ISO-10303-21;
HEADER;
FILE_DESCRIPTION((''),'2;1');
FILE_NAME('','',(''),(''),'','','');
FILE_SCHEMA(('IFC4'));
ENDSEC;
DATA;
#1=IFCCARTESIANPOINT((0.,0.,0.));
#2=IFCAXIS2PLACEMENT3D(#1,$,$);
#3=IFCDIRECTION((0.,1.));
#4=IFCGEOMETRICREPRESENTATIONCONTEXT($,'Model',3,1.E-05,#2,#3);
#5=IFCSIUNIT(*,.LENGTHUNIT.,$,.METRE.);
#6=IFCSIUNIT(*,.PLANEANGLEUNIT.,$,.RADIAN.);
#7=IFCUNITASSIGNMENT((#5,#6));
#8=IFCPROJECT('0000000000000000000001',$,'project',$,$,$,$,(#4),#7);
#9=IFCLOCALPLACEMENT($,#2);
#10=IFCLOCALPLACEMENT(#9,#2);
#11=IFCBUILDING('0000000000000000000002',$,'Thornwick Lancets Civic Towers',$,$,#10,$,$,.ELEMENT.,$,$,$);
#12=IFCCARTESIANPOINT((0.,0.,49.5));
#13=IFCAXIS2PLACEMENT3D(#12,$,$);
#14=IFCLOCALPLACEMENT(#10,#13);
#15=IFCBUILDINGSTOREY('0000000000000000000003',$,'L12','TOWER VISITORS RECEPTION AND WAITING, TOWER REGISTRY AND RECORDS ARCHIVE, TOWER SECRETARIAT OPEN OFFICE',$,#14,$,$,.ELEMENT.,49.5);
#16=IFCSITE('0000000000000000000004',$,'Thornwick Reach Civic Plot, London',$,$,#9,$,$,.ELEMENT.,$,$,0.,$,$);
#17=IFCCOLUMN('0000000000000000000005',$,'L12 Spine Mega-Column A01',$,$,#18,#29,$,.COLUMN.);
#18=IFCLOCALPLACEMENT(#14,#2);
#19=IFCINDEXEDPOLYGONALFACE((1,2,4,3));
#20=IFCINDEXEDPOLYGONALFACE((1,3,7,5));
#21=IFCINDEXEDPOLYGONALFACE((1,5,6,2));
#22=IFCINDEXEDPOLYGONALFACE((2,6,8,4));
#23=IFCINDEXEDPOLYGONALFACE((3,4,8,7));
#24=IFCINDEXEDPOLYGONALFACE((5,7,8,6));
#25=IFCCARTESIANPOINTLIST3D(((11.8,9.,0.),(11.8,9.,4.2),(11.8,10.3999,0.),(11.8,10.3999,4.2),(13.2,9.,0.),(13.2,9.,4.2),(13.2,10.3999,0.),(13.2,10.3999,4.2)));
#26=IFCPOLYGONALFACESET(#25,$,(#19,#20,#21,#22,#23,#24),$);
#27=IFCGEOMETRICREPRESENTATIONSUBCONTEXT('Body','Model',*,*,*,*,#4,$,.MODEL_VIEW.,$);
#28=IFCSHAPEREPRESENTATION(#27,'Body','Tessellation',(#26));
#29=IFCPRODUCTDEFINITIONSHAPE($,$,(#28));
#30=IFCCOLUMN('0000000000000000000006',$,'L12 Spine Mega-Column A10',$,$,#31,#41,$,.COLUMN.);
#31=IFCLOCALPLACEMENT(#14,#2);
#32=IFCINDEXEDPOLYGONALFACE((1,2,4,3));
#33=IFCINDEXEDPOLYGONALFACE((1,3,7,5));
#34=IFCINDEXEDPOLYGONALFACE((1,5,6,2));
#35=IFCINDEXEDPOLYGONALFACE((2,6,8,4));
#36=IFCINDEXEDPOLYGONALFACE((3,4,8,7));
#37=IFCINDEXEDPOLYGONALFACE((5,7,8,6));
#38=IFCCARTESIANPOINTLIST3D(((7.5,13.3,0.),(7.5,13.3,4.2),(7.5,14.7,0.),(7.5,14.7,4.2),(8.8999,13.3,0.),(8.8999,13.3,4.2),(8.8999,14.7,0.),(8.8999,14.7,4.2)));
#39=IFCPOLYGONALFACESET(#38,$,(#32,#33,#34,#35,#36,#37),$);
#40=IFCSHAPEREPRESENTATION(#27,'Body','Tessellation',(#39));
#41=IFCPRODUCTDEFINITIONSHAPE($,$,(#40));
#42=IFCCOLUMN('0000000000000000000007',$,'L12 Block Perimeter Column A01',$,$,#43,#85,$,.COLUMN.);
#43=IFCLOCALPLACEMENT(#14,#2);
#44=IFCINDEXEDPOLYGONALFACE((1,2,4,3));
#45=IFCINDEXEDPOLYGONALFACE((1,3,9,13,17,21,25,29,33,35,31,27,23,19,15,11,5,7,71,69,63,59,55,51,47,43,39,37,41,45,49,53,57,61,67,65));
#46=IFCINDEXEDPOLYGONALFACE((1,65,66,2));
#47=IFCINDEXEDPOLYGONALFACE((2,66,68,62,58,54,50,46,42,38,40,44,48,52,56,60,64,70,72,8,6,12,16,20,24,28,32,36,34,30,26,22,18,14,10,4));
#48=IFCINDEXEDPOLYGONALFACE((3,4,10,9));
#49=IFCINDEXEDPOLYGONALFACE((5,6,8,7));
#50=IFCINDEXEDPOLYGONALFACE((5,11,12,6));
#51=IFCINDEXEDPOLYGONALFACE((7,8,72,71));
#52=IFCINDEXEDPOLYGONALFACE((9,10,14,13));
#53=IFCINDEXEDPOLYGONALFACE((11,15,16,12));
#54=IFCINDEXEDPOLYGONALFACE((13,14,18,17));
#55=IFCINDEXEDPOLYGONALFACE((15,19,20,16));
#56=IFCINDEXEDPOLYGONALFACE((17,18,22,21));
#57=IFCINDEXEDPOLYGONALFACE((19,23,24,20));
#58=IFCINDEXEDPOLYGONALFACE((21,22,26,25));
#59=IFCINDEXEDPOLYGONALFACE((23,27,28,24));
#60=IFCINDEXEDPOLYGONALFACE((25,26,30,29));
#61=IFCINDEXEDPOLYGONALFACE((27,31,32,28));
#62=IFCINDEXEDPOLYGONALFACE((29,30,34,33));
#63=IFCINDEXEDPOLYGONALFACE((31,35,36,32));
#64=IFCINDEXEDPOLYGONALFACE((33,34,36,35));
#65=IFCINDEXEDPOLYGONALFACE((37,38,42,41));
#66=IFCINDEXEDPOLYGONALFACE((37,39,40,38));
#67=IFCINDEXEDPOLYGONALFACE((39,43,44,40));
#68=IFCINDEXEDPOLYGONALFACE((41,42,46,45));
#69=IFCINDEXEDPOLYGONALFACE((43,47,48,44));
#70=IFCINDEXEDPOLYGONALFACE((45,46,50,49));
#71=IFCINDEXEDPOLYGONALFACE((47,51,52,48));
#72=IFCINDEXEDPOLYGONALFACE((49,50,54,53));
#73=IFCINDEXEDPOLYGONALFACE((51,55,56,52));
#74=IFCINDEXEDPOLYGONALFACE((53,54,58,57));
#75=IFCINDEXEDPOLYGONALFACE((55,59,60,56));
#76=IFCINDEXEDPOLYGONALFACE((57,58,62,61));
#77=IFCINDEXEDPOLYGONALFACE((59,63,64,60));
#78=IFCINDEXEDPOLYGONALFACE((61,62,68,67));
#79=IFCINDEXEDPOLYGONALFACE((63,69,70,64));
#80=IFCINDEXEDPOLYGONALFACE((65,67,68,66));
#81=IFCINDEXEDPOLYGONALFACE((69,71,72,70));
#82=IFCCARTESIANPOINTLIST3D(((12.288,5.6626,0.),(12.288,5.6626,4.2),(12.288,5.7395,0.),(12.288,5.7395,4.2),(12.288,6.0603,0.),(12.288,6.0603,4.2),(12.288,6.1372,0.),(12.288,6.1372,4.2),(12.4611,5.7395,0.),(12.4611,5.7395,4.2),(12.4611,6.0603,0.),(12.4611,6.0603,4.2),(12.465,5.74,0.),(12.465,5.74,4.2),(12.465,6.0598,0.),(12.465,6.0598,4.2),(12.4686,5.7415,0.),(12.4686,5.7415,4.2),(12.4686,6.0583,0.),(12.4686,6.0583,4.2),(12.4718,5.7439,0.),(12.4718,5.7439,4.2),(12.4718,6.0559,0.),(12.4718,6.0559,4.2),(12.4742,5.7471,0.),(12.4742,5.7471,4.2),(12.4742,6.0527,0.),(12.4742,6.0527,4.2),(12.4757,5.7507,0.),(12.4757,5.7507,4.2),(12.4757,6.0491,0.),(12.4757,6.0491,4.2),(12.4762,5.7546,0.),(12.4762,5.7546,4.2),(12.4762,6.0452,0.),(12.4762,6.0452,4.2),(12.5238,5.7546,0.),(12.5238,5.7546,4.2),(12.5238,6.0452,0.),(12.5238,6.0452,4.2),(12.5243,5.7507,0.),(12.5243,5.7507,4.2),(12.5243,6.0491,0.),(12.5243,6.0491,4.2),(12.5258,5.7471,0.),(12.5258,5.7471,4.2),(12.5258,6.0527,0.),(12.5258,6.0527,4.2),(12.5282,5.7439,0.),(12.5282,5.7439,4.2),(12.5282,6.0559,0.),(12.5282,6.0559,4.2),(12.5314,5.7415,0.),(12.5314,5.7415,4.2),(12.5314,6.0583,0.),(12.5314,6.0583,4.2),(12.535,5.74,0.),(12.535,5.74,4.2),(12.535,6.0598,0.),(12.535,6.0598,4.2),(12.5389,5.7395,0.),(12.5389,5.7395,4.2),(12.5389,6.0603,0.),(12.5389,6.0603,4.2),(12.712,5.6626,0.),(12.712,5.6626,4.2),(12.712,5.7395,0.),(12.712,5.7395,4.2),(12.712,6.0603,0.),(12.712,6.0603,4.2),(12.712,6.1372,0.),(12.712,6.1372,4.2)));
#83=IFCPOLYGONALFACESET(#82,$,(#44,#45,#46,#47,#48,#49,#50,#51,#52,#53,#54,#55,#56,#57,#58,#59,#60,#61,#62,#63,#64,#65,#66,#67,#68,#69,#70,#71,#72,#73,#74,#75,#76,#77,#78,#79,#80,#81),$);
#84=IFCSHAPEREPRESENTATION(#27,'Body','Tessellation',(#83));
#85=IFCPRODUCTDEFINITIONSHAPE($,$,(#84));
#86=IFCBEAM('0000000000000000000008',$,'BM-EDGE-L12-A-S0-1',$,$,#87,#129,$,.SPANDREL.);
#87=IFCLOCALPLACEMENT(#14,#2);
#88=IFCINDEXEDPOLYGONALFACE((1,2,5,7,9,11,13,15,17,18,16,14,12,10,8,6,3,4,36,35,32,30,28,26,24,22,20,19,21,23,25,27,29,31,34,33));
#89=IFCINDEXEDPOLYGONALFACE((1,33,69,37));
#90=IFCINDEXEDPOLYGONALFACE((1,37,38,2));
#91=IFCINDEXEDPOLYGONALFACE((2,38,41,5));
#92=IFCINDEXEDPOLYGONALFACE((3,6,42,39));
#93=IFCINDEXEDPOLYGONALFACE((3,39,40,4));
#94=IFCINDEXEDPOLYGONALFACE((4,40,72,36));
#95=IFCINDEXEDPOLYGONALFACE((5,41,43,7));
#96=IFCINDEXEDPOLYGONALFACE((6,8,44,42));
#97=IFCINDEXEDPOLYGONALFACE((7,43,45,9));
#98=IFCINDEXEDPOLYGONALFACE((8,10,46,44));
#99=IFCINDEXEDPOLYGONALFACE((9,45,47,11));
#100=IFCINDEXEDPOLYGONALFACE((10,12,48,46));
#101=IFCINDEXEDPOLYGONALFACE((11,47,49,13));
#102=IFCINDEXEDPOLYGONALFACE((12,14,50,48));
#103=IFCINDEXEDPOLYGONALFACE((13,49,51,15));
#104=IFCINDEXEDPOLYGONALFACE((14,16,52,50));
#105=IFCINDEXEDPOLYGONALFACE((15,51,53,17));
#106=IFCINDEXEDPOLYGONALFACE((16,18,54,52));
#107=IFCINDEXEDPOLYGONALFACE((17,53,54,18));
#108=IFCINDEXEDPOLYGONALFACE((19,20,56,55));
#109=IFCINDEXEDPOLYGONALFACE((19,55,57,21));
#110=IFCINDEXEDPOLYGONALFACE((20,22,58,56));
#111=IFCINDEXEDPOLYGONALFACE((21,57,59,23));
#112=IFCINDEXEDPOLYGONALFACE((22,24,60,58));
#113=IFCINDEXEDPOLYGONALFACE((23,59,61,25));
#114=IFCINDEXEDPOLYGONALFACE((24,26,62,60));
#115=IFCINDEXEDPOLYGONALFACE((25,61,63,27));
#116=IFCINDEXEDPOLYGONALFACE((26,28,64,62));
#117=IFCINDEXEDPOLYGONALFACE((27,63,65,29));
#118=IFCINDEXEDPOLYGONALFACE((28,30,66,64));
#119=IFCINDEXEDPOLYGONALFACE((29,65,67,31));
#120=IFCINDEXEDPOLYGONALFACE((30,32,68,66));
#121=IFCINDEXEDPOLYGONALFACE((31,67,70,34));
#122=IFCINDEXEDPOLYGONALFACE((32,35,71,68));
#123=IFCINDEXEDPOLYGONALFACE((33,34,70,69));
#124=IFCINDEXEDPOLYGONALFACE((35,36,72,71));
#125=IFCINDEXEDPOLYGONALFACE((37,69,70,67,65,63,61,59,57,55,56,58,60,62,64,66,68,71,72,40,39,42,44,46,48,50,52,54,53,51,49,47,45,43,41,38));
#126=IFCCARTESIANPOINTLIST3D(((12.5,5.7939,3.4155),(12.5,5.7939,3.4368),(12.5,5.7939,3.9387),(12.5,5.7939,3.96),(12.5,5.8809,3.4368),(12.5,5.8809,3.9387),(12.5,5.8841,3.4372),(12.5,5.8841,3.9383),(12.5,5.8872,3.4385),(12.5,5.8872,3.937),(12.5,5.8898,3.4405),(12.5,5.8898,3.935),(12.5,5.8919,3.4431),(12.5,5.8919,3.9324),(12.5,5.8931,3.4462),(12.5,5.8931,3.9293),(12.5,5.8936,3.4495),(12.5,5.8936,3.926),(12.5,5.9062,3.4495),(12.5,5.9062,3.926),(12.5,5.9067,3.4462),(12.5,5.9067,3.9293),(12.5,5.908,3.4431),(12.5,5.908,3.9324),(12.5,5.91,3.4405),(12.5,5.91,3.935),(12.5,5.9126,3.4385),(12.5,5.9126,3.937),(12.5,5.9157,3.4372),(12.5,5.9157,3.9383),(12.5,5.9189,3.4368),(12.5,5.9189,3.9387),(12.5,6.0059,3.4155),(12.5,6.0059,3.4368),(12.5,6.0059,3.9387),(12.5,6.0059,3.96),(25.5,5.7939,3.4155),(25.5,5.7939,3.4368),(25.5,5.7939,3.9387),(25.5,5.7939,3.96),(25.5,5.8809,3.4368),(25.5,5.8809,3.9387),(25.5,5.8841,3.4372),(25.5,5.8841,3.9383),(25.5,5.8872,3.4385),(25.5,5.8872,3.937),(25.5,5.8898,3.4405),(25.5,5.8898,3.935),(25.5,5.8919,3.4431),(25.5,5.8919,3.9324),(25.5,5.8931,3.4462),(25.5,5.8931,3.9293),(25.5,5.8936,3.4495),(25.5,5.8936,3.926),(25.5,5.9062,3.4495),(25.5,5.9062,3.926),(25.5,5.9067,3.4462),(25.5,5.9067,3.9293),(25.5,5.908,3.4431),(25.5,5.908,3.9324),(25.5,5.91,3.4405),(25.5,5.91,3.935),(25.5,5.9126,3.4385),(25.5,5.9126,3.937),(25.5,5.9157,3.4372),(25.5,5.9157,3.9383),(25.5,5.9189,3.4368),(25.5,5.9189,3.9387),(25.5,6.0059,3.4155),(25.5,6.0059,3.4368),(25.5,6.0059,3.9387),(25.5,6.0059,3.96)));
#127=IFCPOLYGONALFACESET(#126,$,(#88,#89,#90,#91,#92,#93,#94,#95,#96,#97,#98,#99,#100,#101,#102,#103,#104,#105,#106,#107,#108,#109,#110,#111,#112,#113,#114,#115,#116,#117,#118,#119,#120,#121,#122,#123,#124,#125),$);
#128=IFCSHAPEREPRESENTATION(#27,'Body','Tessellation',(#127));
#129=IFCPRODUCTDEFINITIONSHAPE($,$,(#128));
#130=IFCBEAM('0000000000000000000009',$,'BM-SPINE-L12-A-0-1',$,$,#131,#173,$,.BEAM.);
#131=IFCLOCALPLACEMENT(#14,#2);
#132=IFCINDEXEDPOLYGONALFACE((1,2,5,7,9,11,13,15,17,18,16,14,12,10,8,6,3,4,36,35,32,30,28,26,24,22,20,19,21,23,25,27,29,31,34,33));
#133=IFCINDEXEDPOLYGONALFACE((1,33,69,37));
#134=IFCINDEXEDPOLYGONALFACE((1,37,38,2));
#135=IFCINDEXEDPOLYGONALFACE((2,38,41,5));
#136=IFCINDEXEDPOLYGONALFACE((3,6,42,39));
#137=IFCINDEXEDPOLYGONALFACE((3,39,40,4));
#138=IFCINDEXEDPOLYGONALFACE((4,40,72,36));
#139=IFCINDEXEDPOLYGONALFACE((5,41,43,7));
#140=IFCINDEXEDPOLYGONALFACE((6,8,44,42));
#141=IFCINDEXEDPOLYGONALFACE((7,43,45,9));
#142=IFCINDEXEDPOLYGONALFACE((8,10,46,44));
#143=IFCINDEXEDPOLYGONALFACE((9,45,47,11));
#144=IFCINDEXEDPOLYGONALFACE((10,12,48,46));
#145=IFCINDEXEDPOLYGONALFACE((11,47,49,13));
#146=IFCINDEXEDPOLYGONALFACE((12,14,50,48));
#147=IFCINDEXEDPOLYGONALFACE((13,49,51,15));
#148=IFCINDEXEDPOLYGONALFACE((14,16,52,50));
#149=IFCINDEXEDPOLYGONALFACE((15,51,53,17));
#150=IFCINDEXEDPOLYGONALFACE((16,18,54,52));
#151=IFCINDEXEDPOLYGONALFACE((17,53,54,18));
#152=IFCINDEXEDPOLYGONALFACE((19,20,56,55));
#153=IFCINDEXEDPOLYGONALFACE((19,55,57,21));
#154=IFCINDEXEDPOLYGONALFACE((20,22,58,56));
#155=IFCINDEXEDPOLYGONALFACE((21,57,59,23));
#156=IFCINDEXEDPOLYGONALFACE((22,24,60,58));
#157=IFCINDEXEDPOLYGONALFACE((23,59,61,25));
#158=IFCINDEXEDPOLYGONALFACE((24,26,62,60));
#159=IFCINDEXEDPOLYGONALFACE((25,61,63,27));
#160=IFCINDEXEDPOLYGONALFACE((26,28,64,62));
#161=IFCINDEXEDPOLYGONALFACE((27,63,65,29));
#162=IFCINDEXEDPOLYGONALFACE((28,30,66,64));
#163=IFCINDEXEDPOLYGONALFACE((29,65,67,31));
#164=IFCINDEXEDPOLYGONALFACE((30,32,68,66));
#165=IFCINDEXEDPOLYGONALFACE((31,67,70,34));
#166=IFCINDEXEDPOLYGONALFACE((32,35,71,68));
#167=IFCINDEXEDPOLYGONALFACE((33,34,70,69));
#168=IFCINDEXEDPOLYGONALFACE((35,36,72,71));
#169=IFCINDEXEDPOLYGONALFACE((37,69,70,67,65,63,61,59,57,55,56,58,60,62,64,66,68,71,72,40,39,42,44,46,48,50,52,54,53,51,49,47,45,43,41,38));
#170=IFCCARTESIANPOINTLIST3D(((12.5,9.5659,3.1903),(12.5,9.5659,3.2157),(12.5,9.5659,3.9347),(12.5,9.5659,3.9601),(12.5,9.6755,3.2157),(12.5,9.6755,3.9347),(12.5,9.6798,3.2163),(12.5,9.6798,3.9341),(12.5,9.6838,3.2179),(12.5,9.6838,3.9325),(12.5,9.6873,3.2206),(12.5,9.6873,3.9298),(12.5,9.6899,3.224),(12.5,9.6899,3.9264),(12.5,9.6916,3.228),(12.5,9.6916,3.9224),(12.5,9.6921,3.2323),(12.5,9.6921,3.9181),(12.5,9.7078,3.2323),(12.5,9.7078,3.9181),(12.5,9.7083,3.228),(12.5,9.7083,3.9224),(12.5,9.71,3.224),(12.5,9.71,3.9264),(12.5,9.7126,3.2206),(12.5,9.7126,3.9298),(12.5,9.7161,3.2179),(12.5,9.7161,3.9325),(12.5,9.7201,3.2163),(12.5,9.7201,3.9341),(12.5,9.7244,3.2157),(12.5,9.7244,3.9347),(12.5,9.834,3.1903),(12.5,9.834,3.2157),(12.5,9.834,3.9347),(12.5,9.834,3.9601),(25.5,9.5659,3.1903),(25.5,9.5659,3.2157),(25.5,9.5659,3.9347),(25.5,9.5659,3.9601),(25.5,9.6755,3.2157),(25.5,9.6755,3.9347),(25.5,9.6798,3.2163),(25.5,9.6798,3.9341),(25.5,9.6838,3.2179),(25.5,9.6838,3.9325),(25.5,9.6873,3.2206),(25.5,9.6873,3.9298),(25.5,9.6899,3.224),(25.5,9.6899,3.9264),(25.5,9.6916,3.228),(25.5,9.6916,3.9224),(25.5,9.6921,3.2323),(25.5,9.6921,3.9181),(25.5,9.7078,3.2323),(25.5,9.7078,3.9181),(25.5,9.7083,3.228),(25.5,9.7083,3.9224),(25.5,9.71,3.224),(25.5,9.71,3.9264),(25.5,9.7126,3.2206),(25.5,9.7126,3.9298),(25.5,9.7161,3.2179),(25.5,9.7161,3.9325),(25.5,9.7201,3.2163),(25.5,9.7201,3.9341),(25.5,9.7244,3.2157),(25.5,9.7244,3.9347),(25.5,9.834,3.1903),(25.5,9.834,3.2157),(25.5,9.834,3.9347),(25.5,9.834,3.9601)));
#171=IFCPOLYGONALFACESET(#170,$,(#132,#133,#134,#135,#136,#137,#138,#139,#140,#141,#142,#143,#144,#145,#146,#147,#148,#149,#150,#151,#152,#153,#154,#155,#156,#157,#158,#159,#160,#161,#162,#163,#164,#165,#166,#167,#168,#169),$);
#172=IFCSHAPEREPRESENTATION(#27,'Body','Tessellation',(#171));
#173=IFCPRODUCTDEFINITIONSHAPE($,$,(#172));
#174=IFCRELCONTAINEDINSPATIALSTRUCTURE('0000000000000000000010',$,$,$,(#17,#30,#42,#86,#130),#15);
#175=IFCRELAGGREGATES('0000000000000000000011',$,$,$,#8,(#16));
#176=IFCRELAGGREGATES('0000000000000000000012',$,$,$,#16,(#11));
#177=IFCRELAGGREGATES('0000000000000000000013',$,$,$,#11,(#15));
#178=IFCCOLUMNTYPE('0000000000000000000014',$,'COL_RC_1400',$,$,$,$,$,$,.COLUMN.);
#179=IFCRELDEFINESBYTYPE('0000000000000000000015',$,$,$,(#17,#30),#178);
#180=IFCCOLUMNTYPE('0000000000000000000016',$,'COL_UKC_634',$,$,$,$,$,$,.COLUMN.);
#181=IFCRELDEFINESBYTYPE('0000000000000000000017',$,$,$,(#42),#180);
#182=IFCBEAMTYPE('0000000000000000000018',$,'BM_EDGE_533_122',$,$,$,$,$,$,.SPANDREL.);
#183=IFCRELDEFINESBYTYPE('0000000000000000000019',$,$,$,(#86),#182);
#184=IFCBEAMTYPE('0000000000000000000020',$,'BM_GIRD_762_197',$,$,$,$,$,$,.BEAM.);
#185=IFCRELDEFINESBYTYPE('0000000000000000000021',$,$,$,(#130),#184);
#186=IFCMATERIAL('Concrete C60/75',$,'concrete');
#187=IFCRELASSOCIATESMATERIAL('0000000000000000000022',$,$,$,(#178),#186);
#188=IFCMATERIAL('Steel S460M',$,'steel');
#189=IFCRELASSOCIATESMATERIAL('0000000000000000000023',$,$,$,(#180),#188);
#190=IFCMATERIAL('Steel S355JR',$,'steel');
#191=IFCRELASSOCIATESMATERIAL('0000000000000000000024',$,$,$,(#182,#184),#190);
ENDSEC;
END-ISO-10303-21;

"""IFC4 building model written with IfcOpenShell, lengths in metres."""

from ifc_helpers import new_model, si_unit, direction, frame, origin, origin_2d, place, context, subcontext, project, spatial, rectangle, i_section, extrude, material, material_profile, profile_set, type_object, element, save


model = new_model("IFC4")

# Units and contexts
model_context = context("Model", 3, precision=1e-05, world=origin(), true_north=direction((0.0, 1.0)))
body_context = subcontext(model_context, "Body", "Model", "MODEL_VIEW")
ifc_project = project(units=[si_unit("LENGTHUNIT", "METRE"), si_unit("PLANEANGLEUNIT", "RADIAN")], contexts=[model_context])

# Site, building, storey
site_placement = place(None, origin())
site = spatial("IfcSite", under=ifc_project, at=site_placement, Name="Thornwick Reach Civic Plot, London", CompositionType="ELEMENT", RefElevation=0.0)
building_placement = place(site_placement, origin())
building = spatial("IfcBuilding", under=site, at=building_placement, Name="Thornwick Lancets Civic Towers", CompositionType="ELEMENT")
storey_placement = place(building_placement, frame((0.0, 0.0, 49.5)))
storey = spatial("IfcBuildingStorey", under=building, at=storey_placement, Name="L12", Description="TOWER VISITORS RECEPTION AND WAITING, TOWER REGISTRY AND RECORDS ARCHIVE, TOWER SECRETARIAT OPEN OFFICE", CompositionType="ELEMENT", Elevation=49.5)

# Columns
ifc_material_1 = material(Name="Concrete C60/75", Category="concrete")
ifc_material_profile_1 = material_profile(ifc_material_1, rectangle(XDim=1.3999, YDim=1.3999, at=origin_2d()), Name="RC 1400x1400")
ifc_profile_set_1 = profile_set([ifc_material_profile_1], Name="Concrete C60/75")
column_type_1 = type_object("IfcColumnType", Name="COL_RC_1400", PredefinedType="COLUMN", material=ifc_profile_set_1)
for number, where, z_axis, x_axis, name in (
    (1, (12.5, 9.7, 0.0), (0.0, 0.0, 1.0), (1.0, 0.0, 0.0), "L12 Spine Mega-Column A01"),
    (2, (8.2, 14.0, 0.0), (0.0, 0.0, 1.0), (1.0, 0.0, 0.0), "L12 Spine Mega-Column A10"),
):
    element("IfcColumn", number, at=place(storey_placement, frame(where, z_axis=z_axis, x_axis=x_axis)), inside=storey, type_object=column_type_1, Name=name, PredefinedType="COLUMN", context=body_context, shape_type="SweptSolid", body=[
        extrude(rectangle(XDim=1.3999, YDim=1.3999, at=origin_2d()), origin(), (0.0, 0.0, 1.0), 4.2),
    ])
ifc_material_2 = material(Name="Steel S460M", Category="steel")
ifc_material_profile_2 = material_profile(ifc_material_2, i_section(OverallWidth=0.4241, OverallDepth=0.4746, WebThickness=0.0476, FlangeThickness=0.0769, FilletRadius=0.0151, at=origin_2d()), Name="UKC 356x406x634")
ifc_profile_set_2 = profile_set([ifc_material_profile_2], Name="Steel S460M")
column_type_2 = type_object("IfcColumnType", Name="COL_UKC_634", PredefinedType="COLUMN", material=ifc_profile_set_2)
column_placement = place(storey_placement, frame((12.5, 5.8999, 0.0), z_axis=(0.0, 0.0, 1.0), x_axis=(1.0, 0.0, 0.0)))
element("IfcColumn", 3, at=column_placement, inside=storey, type_object=column_type_2, Name="L12 Block Perimeter Column A01", PredefinedType="COLUMN", context=body_context, shape_type="SweptSolid", body=[
    extrude(i_section(OverallWidth=0.4241, OverallDepth=0.4746, WebThickness=0.0476, FlangeThickness=0.0769, FilletRadius=0.0151, at=origin_2d()), origin(), (0.0, 0.0, 1.0), 4.2),
])

# Beams
ifc_material_3 = material(Name="Steel S355JR", Category="steel")
ifc_material_profile_3 = material_profile(ifc_material_3, i_section(OverallWidth=0.2119, OverallDepth=0.5444, WebThickness=0.0127, FlangeThickness=0.0212, FilletRadius=0.0127, at=origin_2d()), Name="UKB 533x210x122")
ifc_profile_set_3 = profile_set([ifc_material_profile_3], Name="Steel S355JR")
beam_type_1 = type_object("IfcBeamType", Name="BM_EDGE_533_122", PredefinedType="SPANDREL", material=ifc_profile_set_3)
beam_1_placement = place(storey_placement, frame((12.5, 5.8999, 3.6877), z_axis=(1.0, 0.0, 0.0), x_axis=(0.0, 1.0, 0.0)))
element("IfcBeam", 4, at=beam_1_placement, inside=storey, type_object=beam_type_1, Name="BM-EDGE-L12-A-S0-1", PredefinedType="SPANDREL", context=body_context, shape_type="SweptSolid", body=[
    extrude(i_section(OverallWidth=0.2119, OverallDepth=0.5444, WebThickness=0.0127, FlangeThickness=0.0212, FilletRadius=0.0127, at=origin_2d()), origin(), (0.0, 0.0, 1.0), 13.0),
])
ifc_material_profile_4 = material_profile(ifc_material_3, i_section(OverallWidth=0.2681, OverallDepth=0.7698, WebThickness=0.0156, FlangeThickness=0.0254, FilletRadius=0.0166, at=origin_2d()), Name="UKB 762x267x197")
ifc_profile_set_4 = profile_set([ifc_material_profile_4], Name="Steel S355JR")
beam_type_2 = type_object("IfcBeamType", Name="BM_GIRD_762_197", PredefinedType="BEAM", material=ifc_profile_set_4)
for number, where, z_axis, x_axis, name in (
    (5, (12.5, 9.7, 3.5752), (1.0, 0.0, 0.0), (0.0, 1.0, 0.0), "BM-SPINE-L12-A-0-1"),
):
    element("IfcBeam", number, at=place(storey_placement, frame(where, z_axis=z_axis, x_axis=x_axis)), inside=storey, type_object=beam_type_2, Name=name, PredefinedType="BEAM", context=body_context, shape_type="SweptSolid", body=[
        extrude(i_section(OverallWidth=0.2681, OverallDepth=0.7698, WebThickness=0.0156, FlangeThickness=0.0254, FilletRadius=0.0166, at=origin_2d()), origin(), (0.0, 0.0, 1.0), 13.0),
    ])

save(model, "model.ifc")
